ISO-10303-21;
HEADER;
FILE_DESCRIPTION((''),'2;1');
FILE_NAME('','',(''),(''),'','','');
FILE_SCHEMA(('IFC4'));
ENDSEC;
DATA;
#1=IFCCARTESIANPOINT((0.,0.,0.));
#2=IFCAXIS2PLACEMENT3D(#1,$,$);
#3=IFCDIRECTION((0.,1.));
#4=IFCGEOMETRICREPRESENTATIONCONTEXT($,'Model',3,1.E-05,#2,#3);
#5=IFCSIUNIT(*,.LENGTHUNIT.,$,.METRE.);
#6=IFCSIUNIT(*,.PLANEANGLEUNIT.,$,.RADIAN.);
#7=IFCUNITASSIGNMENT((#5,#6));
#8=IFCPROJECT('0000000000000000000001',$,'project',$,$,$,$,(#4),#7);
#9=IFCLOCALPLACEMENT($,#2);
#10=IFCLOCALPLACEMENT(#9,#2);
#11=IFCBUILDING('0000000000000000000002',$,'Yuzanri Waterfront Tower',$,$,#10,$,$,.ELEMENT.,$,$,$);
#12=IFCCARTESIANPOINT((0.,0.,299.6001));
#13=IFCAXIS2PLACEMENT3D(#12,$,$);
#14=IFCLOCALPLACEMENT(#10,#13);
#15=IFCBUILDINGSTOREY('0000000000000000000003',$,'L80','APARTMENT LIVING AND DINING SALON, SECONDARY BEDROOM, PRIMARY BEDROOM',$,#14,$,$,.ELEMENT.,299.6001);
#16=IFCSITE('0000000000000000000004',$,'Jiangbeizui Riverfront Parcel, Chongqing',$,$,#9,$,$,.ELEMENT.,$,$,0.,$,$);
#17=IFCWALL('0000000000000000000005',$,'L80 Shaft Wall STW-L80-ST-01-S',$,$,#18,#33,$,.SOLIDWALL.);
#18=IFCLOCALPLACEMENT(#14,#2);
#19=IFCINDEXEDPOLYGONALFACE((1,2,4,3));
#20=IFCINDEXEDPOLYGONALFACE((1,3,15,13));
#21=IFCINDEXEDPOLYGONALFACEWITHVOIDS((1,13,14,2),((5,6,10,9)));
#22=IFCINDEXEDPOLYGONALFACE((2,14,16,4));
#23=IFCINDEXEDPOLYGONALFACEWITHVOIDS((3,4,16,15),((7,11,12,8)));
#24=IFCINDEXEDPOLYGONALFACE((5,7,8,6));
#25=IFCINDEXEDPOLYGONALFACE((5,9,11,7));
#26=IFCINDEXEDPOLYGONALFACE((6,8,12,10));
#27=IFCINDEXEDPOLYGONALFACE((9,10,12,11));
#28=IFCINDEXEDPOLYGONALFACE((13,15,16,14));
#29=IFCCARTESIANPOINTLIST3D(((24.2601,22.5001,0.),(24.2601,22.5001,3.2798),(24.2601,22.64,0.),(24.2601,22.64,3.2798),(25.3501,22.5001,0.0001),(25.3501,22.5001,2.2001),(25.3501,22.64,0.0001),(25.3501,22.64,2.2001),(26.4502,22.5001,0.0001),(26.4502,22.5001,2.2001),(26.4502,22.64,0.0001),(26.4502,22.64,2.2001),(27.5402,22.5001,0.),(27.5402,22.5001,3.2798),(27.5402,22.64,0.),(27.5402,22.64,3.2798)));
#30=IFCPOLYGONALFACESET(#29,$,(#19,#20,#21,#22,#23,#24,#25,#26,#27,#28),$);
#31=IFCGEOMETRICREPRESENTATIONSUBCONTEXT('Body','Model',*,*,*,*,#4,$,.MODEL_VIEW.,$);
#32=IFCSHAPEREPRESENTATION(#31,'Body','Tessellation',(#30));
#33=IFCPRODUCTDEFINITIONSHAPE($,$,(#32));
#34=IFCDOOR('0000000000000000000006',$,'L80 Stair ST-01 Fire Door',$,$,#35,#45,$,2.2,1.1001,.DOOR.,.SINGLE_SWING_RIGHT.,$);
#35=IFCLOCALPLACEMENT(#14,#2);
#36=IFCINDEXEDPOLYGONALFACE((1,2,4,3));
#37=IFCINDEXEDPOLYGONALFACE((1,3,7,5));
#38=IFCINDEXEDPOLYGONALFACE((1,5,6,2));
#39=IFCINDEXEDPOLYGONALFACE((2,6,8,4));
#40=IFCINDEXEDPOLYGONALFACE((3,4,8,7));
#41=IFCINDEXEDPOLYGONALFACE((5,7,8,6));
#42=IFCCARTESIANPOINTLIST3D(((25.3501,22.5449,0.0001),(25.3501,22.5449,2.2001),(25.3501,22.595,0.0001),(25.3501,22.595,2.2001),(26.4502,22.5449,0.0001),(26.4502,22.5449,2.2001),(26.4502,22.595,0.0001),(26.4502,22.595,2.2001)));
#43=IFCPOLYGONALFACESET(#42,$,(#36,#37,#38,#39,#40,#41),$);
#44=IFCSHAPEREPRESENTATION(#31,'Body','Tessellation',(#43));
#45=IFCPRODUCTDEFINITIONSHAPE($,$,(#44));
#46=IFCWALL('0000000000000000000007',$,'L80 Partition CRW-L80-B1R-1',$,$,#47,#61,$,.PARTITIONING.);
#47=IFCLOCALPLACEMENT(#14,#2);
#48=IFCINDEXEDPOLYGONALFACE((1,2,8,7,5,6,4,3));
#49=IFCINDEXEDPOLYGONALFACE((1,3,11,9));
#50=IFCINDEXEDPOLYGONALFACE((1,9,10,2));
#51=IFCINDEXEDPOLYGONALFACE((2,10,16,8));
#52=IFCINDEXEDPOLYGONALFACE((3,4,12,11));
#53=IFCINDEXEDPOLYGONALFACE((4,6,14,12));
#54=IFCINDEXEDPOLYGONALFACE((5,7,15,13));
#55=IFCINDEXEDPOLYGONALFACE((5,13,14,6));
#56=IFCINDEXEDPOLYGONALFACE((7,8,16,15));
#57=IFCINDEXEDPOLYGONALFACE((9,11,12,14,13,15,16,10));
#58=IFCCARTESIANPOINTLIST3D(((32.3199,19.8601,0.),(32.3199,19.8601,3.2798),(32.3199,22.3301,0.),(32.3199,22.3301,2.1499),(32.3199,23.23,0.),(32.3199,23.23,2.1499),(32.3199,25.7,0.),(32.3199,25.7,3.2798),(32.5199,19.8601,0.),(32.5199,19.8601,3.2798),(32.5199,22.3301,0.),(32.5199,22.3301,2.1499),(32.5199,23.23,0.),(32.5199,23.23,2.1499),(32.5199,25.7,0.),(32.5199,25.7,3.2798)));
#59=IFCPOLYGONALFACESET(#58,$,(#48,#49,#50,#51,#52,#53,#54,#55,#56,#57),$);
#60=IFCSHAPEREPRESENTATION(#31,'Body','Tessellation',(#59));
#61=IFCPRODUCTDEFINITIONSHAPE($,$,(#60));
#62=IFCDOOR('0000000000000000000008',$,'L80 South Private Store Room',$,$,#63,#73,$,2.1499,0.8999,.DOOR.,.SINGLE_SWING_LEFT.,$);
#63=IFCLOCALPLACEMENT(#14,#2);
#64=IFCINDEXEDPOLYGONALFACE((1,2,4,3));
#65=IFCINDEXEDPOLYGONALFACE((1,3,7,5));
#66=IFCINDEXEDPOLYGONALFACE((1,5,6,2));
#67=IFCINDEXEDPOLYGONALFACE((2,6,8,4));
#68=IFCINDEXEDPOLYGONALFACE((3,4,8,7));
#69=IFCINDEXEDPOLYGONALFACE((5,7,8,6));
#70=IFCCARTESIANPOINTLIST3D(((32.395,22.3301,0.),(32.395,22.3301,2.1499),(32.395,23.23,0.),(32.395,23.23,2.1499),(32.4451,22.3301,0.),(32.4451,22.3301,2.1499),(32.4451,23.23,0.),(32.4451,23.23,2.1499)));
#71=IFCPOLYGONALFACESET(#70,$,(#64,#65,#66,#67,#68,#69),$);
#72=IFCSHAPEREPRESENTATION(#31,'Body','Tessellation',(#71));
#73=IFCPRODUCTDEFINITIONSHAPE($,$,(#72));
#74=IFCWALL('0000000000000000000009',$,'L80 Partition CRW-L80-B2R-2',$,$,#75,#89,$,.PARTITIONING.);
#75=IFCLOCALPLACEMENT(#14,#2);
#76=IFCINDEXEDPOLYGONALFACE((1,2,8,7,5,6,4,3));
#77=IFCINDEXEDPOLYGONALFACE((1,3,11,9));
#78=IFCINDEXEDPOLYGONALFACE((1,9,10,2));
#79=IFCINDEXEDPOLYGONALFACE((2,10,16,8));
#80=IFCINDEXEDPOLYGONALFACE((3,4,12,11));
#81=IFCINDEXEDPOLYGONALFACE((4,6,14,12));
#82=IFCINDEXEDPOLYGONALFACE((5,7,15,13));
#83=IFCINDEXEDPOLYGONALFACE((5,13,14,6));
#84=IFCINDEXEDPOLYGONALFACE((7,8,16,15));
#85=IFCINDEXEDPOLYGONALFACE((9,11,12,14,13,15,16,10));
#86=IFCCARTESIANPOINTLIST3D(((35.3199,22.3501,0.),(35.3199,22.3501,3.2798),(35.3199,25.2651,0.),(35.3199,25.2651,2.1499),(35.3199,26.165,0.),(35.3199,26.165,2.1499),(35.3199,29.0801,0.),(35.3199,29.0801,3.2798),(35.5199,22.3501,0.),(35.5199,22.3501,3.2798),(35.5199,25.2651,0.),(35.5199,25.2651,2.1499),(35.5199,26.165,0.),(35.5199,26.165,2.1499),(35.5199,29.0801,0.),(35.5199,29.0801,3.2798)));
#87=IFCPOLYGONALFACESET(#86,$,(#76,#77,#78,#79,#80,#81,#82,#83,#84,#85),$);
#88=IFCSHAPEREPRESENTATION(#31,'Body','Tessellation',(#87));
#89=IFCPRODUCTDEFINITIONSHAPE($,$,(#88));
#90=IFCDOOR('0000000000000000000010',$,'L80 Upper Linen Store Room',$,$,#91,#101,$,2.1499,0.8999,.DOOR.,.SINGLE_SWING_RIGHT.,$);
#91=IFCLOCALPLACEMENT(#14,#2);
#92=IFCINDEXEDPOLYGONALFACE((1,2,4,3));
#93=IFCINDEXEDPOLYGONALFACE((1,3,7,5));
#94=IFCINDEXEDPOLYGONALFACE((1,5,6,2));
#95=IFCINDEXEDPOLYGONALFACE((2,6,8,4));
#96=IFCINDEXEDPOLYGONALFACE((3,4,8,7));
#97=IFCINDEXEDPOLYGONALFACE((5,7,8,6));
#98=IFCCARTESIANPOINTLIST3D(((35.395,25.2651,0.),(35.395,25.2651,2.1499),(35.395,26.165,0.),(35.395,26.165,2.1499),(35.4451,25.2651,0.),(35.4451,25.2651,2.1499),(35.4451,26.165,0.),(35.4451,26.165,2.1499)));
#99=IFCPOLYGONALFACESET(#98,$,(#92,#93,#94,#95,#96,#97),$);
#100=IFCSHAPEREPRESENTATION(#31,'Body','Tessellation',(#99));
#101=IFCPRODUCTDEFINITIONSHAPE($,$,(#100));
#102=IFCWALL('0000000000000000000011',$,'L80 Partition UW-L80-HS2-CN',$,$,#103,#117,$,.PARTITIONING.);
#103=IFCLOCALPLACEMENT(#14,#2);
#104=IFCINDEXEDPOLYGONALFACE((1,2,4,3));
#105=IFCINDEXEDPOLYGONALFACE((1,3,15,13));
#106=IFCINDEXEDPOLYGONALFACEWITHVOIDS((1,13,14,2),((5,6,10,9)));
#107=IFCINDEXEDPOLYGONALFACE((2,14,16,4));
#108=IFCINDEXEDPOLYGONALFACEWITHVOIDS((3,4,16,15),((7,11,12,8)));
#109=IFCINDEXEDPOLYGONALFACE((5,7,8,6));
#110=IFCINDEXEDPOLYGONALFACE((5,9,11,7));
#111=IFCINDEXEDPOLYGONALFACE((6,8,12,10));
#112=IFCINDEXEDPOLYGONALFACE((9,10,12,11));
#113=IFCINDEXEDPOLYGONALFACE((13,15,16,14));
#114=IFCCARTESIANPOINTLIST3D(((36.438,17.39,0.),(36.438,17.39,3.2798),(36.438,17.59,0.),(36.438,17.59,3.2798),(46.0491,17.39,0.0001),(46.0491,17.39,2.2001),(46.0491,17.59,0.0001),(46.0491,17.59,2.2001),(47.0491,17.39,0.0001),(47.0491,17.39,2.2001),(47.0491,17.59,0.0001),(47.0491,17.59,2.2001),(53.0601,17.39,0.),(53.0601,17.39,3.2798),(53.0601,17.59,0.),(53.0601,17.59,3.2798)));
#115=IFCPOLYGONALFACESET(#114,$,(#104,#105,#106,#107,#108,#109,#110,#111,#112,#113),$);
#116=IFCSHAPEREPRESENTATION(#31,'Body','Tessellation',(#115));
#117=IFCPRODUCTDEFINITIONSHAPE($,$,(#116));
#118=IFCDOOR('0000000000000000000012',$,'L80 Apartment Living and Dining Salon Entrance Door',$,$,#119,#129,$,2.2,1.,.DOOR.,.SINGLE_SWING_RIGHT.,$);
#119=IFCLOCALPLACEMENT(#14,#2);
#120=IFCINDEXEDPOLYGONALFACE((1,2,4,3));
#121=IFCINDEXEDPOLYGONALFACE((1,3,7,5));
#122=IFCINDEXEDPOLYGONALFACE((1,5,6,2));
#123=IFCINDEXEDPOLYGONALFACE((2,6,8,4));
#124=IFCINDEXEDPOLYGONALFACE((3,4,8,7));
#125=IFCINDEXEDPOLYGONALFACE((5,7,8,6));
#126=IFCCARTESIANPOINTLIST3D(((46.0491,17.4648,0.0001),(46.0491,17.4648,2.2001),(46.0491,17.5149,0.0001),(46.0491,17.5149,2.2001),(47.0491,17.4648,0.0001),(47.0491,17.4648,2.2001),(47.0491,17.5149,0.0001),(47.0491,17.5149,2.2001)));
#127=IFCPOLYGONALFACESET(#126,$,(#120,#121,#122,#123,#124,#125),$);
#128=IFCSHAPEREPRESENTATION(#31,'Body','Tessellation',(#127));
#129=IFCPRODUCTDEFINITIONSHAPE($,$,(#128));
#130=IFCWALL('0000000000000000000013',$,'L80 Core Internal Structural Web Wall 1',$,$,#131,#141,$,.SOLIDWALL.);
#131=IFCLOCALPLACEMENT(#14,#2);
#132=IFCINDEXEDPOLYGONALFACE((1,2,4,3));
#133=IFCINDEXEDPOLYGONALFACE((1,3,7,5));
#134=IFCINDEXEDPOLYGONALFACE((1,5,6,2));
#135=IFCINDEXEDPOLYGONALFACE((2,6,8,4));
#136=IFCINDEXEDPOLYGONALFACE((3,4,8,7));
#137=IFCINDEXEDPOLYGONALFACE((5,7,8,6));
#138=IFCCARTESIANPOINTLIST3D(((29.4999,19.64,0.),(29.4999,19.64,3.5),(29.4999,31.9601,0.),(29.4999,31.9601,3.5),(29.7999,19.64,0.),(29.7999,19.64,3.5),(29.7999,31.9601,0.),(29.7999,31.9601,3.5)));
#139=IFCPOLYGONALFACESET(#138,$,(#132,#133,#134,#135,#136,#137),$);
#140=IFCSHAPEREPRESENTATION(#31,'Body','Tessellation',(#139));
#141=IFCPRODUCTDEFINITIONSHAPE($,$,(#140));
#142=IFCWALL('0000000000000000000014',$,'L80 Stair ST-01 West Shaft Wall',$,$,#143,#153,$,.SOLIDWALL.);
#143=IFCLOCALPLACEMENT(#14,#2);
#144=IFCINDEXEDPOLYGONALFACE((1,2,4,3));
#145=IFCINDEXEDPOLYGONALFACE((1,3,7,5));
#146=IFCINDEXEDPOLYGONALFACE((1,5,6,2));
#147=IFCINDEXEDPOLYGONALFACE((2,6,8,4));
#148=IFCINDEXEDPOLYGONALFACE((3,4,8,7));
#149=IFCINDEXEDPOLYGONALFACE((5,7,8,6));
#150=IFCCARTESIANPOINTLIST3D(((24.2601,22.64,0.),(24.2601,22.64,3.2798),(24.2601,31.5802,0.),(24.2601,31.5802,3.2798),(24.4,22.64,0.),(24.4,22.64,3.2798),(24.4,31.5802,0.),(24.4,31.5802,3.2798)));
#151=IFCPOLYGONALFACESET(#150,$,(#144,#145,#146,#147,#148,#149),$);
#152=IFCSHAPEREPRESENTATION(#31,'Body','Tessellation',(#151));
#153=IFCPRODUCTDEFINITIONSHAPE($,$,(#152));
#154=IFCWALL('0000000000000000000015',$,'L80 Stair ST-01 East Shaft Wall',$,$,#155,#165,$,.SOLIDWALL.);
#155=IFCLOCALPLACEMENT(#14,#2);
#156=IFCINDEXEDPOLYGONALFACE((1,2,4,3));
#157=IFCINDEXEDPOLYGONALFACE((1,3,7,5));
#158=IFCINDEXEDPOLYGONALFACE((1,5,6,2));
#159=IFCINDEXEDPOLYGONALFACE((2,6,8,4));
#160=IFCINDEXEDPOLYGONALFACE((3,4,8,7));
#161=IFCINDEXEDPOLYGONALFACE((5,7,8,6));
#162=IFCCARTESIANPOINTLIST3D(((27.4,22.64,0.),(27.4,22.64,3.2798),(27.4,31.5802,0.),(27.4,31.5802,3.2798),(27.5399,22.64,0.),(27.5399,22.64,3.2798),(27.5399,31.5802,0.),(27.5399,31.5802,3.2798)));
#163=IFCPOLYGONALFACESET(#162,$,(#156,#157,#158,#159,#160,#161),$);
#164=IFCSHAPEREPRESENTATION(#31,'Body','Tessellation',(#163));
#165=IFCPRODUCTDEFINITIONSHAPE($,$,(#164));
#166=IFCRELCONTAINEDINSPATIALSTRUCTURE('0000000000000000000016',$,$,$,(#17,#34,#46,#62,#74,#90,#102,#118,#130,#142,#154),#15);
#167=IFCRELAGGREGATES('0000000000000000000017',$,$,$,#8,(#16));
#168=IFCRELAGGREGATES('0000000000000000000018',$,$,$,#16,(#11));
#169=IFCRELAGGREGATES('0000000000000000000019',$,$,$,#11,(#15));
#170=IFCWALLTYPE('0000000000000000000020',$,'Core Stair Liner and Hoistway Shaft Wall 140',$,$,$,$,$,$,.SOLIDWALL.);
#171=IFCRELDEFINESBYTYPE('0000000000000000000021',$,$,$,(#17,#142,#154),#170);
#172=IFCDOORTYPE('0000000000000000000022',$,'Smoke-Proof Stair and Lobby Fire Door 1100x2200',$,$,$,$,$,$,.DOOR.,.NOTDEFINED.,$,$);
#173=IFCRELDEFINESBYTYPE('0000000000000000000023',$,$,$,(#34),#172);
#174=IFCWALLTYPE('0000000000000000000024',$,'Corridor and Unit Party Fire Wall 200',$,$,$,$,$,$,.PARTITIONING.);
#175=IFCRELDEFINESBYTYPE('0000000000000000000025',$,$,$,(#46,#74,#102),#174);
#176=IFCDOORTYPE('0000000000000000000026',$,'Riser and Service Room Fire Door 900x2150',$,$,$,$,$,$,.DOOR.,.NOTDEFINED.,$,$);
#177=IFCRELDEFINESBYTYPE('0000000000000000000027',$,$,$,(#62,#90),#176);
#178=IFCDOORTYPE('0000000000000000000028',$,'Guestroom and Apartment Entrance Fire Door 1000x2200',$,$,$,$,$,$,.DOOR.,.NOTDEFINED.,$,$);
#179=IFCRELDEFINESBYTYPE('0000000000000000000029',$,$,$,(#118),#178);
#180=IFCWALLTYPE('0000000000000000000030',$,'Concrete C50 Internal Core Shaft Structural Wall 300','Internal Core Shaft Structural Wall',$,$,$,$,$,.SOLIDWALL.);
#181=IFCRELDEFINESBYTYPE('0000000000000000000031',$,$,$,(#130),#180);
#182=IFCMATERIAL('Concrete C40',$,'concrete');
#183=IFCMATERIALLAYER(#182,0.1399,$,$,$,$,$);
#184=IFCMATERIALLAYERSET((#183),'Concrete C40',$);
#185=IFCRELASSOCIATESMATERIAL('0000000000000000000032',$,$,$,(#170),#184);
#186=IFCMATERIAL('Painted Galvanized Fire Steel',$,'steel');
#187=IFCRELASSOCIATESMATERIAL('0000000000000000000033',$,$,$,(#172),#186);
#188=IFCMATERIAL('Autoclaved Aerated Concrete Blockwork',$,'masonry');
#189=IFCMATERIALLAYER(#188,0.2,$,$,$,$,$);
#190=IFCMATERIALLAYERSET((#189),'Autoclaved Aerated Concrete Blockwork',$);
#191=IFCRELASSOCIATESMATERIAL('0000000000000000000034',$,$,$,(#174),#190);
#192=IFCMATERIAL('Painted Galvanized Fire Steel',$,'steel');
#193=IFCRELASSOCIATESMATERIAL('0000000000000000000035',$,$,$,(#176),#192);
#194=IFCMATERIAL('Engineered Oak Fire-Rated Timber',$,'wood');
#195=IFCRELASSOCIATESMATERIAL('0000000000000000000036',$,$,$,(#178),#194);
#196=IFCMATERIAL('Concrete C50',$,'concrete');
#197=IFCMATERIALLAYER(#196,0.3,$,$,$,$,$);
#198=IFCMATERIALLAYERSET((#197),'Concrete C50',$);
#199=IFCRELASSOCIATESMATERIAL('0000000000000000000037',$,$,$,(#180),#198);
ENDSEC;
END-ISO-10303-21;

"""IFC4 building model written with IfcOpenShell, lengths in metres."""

from ifc_helpers import new_model, si_unit, direction, frame, frame_2d, origin, place, context, subcontext, project, spatial, rectangle, extrude, source, transform, mapped, material, layer, layer_set, type_object, element, fill, save


model = new_model("IFC4")

# Units and contexts
model_context = context("Model", 3, precision=1e-05, world=origin(), true_north=direction((0.0, 1.0)))
body_context = subcontext(model_context, "Body", "Model", "MODEL_VIEW")
ifc_project = project(units=[si_unit("LENGTHUNIT", "METRE"), si_unit("PLANEANGLEUNIT", "RADIAN")], contexts=[model_context])

# Site, building, storey
site_placement = place(None, origin())
site = spatial("IfcSite", under=ifc_project, at=site_placement, Name="Jiangbeizui Riverfront Parcel, Chongqing", CompositionType="ELEMENT", RefElevation=0.0)
building_placement = place(site_placement, origin())
building = spatial("IfcBuilding", under=site, at=building_placement, Name="Yuzanri Waterfront Tower", CompositionType="ELEMENT")
storey_placement = place(building_placement, frame((0.0, 0.0, 299.6001)))
storey = spatial("IfcBuildingStorey", under=building, at=storey_placement, Name="L80", Description="APARTMENT LIVING AND DINING SALON, SECONDARY BEDROOM, PRIMARY BEDROOM", CompositionType="ELEMENT", Elevation=299.6001)

# Walls, openings, doors
ifc_material_1 = material(Name="Concrete C40", Category="concrete")
ifc_layer_1 = layer(ifc_material_1, 0.1399)
ifc_layer_set_1 = layer_set([ifc_layer_1], Name="Concrete C40")
wall_type_1 = type_object("IfcWallType", Name="Core Stair Liner and Hoistway Shaft Wall 140", PredefinedType="SOLIDWALL", material=ifc_layer_set_1)
wall_1_placement = place(storey_placement, frame((24.26, 22.5701, 0.0), z_axis=(0.0, 0.0, 1.0), x_axis=(1.0, 0.0, 0.0)))
wall_1 = element("IfcWall", 1, at=wall_1_placement, inside=storey, type_object=wall_type_1, Name="L80 Shaft Wall STW-L80-ST-01-S", PredefinedType="SOLIDWALL", context=body_context, shape_type="SweptSolid", body=[
    extrude(rectangle(XDim=3.28, YDim=0.1399, at=frame_2d((1.6401, 0.0))), origin(), (0.0, 0.0, 1.0), 3.2798),
])
opening_1_placement = place(wall_1_placement, frame((1.0901, 0.0, 0.0)))
opening_1 = element("IfcOpeningElement", 2, at=opening_1_placement, cuts=wall_1, PredefinedType="OPENING", context=body_context, shape_type="SweptSolid", body=[
    extrude(rectangle(XDim=1.1001, YDim=2.2, at=frame_2d((0.55, 1.1001))), frame((0.0, 0.085, 0.0), z_axis=(0.0, -1.0, 0.0), x_axis=(1.0, 0.0, 0.0)), (0.0, 0.0, 1.0), 0.1697),
])
ifc_material_2 = material(Name="Painted Galvanized Fire Steel", Category="steel")
door_type_1 = type_object("IfcDoorType", Name="Smoke-Proof Stair and Lobby Fire Door 1100x2200", OperationType="NOTDEFINED", PredefinedType="DOOR", material=ifc_material_2)
shared_shape_1 = source(origin(), body_context, "Body", "SweptSolid", [
    extrude(rectangle(XDim=1.1001, YDim=2.2, at=frame_2d((0.55, 1.1001))), frame((0.0, 0.0249, 0.0), z_axis=(0.0, -1.0, 0.0), x_axis=(1.0, 0.0, 0.0)), (0.0, 0.0, 1.0), 0.05),
])
door_1_placement = place(opening_1_placement, origin())
door_1 = element("IfcDoor", 3, at=door_1_placement, inside=storey, type_object=door_type_1, Name="L80 Stair ST-01 Fire Door", OperationType="SINGLE_SWING_RIGHT", OverallHeight=2.2, OverallWidth=1.1001, PredefinedType="DOOR", context=body_context, shape_type="MappedRepresentation", body=[
    mapped(shared_shape_1, transform((0.0, 0.0, 0.0), scale=1.0)),
])
fill(opening_1, door_1)
ifc_material_3 = material(Name="Autoclaved Aerated Concrete Blockwork", Category="masonry")
ifc_layer_2 = layer(ifc_material_3, 0.2)
ifc_layer_set_2 = layer_set([ifc_layer_2], Name="Autoclaved Aerated Concrete Blockwork")
wall_type_2 = type_object("IfcWallType", Name="Corridor and Unit Party Fire Wall 200", PredefinedType="PARTITIONING", material=ifc_layer_set_2)
wall_2_placement = place(storey_placement, frame((32.4199, 19.8601, 0.0), z_axis=(0.0, 0.0, 1.0), x_axis=(0.0, 1.0, 0.0)))
wall_2 = element("IfcWall", 4, at=wall_2_placement, inside=storey, type_object=wall_type_2, Name="L80 Partition CRW-L80-B1R-1", PredefinedType="PARTITIONING", context=body_context, shape_type="SweptSolid", body=[
    extrude(rectangle(XDim=5.8398, YDim=0.2, at=frame_2d((2.9199, 0.0))), origin(), (0.0, 0.0, 1.0), 3.2798),
])
opening_2_placement = place(wall_2_placement, frame((2.47, 0.0, 0.0)))
opening_2 = element("IfcOpeningElement", 5, at=opening_2_placement, cuts=wall_2, PredefinedType="OPENING", context=body_context, shape_type="SweptSolid", body=[
    extrude(rectangle(XDim=0.8999, YDim=2.1499, at=frame_2d((0.45, 1.075))), frame((0.0, 0.1147, 0.0), z_axis=(0.0, -1.0, 0.0), x_axis=(1.0, 0.0, 0.0)), (0.0, 0.0, 1.0), 0.2297),
])
ifc_material_4 = material(Name="Painted Galvanized Fire Steel", Category="steel")
door_type_2 = type_object("IfcDoorType", Name="Riser and Service Room Fire Door 900x2150", OperationType="NOTDEFINED", PredefinedType="DOOR", material=ifc_material_4)
shared_shape_2 = source(origin(), body_context, "Body", "SweptSolid", [
    extrude(rectangle(XDim=0.8999, YDim=2.1499, at=frame_2d((0.45, 1.075))), frame((0.0, 0.0249, 0.0), z_axis=(0.0, -1.0, 0.0), x_axis=(1.0, 0.0, 0.0)), (0.0, 0.0, 1.0), 0.05),
])
door_2_placement = place(opening_2_placement, origin())
door_2 = element("IfcDoor", 6, at=door_2_placement, inside=storey, type_object=door_type_2, Name="L80 South Private Store Room", OperationType="SINGLE_SWING_LEFT", OverallHeight=2.1499, OverallWidth=0.8999, PredefinedType="DOOR", context=body_context, shape_type="MappedRepresentation", body=[
    mapped(shared_shape_2, transform((0.0, 0.0, 0.0), scale=1.0)),
])
fill(opening_2, door_2)
wall_3_placement = place(storey_placement, frame((35.4199, 22.3501, 0.0), z_axis=(0.0, 0.0, 1.0), x_axis=(0.0, 1.0, 0.0)))
wall_3 = element("IfcWall", 7, at=wall_3_placement, inside=storey, type_object=wall_type_2, Name="L80 Partition CRW-L80-B2R-2", PredefinedType="PARTITIONING", context=body_context, shape_type="SweptSolid", body=[
    extrude(rectangle(XDim=6.73, YDim=0.2, at=frame_2d((3.365, 0.0))), origin(), (0.0, 0.0, 1.0), 3.2798),
])
opening_3_placement = place(wall_3_placement, frame((2.915, 0.0, 0.0)))
opening_3 = element("IfcOpeningElement", 8, at=opening_3_placement, cuts=wall_3, PredefinedType="OPENING", context=body_context, shape_type="SweptSolid", body=[
    extrude(rectangle(XDim=0.8999, YDim=2.1499, at=frame_2d((0.45, 1.075))), frame((0.0, 0.1147, 0.0), z_axis=(0.0, -1.0, 0.0), x_axis=(1.0, 0.0, 0.0)), (0.0, 0.0, 1.0), 0.2297),
])
door_3_placement = place(opening_3_placement, origin())
door_3 = element("IfcDoor", 9, at=door_3_placement, inside=storey, type_object=door_type_2, Name="L80 Upper Linen Store Room", OperationType="SINGLE_SWING_RIGHT", OverallHeight=2.1499, OverallWidth=0.8999, PredefinedType="DOOR", context=body_context, shape_type="MappedRepresentation", body=[
    mapped(shared_shape_2, transform((0.0, 0.0, 0.0), scale=1.0)),
])
fill(opening_3, door_3)
wall_4_placement = place(storey_placement, frame((36.438, 17.49, 0.0), z_axis=(0.0, 0.0, 1.0), x_axis=(1.0, 0.0, 0.0)))
wall_4 = element("IfcWall", 10, at=wall_4_placement, inside=storey, type_object=wall_type_2, Name="L80 Partition UW-L80-HS2-CN", PredefinedType="PARTITIONING", context=body_context, shape_type="SweptSolid", body=[
    extrude(rectangle(XDim=16.6221, YDim=0.2, at=frame_2d((8.311, 0.0))), origin(), (0.0, 0.0, 1.0), 3.2798),
])
opening_4_placement = place(wall_4_placement, frame((9.6111, 0.0, 0.0)))
opening_4 = element("IfcOpeningElement", 11, at=opening_4_placement, cuts=wall_4, PredefinedType="OPENING", context=body_context, shape_type="SweptSolid", body=[
    extrude(rectangle(XDim=1.0, YDim=2.2, at=frame_2d((0.5, 1.1001))), frame((0.0, 0.1147, 0.0), z_axis=(0.0, -1.0, 0.0), x_axis=(1.0, 0.0, 0.0)), (0.0, 0.0, 1.0), 0.2297),
])
ifc_material_5 = material(Name="Engineered Oak Fire-Rated Timber", Category="wood")
door_type_3 = type_object("IfcDoorType", Name="Guestroom and Apartment Entrance Fire Door 1000x2200", OperationType="NOTDEFINED", PredefinedType="DOOR", material=ifc_material_5)
shared_shape_3 = source(origin(), body_context, "Body", "SweptSolid", [
    extrude(rectangle(XDim=1.0, YDim=2.2, at=frame_2d((0.5, 1.1001))), frame((0.0, 0.0249, 0.0), z_axis=(0.0, -1.0, 0.0), x_axis=(1.0, 0.0, 0.0)), (0.0, 0.0, 1.0), 0.05),
])
door_4_placement = place(opening_4_placement, origin())
door_4 = element("IfcDoor", 12, at=door_4_placement, inside=storey, type_object=door_type_3, Name="L80 Apartment Living and Dining Salon Entrance Door", OperationType="SINGLE_SWING_RIGHT", OverallHeight=2.2, OverallWidth=1.0, PredefinedType="DOOR", context=body_context, shape_type="MappedRepresentation", body=[
    mapped(shared_shape_3, transform((0.0, 0.0, 0.0), scale=1.0)),
])
fill(opening_4, door_4)

# Walls
ifc_material_6 = material(Name="Concrete C50", Category="concrete")
ifc_layer_3 = layer(ifc_material_6, 0.3)
ifc_layer_set_3 = layer_set([ifc_layer_3], Name="Concrete C50")
wall_type_3 = type_object("IfcWallType", Name="Concrete C50 Internal Core Shaft Structural Wall 300", Description="Internal Core Shaft Structural Wall", PredefinedType="SOLIDWALL", material=ifc_layer_set_3)
shared_shape_4 = source(origin(), body_context, "Body", "SweptSolid", [
    extrude(rectangle(XDim=12.3201, YDim=0.3, at=frame_2d((6.1602, 0.0))), origin(), (0.0, 0.0, 1.0), 3.5),
])
wall_5_placement = place(storey_placement, frame((29.6499, 19.6399, 0.0), z_axis=(0.0, 0.0, 1.0), x_axis=(0.0, 1.0, 0.0)))
element("IfcWall", 13, at=wall_5_placement, inside=storey, type_object=wall_type_3, Name="L80 Core Internal Structural Web Wall 1", PredefinedType="SOLIDWALL", context=body_context, shape_type="MappedRepresentation", body=[
    mapped(shared_shape_4, transform((0.0, 0.0, 0.0), scale=1.0)),
])
shared_shape_5 = source(origin(), body_context, "Body", "SweptSolid", [
    extrude(rectangle(XDim=8.9402, YDim=0.1399, at=frame_2d((4.4702, 0.0))), origin(), (0.0, 0.0, 1.0), 3.2798),
])
for number, where, z_axis, x_axis, name in (
    (14, (24.3301, 22.6399, 0.0), (0.0, 0.0, 1.0), (0.0, 1.0, 0.0), "L80 Stair ST-01 West Shaft Wall"),
    (15, (27.47, 22.6399, 0.0), (0.0, 0.0, 1.0), (0.0, 1.0, 0.0), "L80 Stair ST-01 East Shaft Wall"),
):
    element("IfcWall", number, at=place(storey_placement, frame(where, z_axis=z_axis, x_axis=x_axis)), inside=storey, type_object=wall_type_1, Name=name, PredefinedType="SOLIDWALL", context=body_context, shape_type="MappedRepresentation", body=[
        mapped(shared_shape_5, transform((0.0, 0.0, 0.0), scale=1.0)),
    ])

save(model, "model.ifc")
